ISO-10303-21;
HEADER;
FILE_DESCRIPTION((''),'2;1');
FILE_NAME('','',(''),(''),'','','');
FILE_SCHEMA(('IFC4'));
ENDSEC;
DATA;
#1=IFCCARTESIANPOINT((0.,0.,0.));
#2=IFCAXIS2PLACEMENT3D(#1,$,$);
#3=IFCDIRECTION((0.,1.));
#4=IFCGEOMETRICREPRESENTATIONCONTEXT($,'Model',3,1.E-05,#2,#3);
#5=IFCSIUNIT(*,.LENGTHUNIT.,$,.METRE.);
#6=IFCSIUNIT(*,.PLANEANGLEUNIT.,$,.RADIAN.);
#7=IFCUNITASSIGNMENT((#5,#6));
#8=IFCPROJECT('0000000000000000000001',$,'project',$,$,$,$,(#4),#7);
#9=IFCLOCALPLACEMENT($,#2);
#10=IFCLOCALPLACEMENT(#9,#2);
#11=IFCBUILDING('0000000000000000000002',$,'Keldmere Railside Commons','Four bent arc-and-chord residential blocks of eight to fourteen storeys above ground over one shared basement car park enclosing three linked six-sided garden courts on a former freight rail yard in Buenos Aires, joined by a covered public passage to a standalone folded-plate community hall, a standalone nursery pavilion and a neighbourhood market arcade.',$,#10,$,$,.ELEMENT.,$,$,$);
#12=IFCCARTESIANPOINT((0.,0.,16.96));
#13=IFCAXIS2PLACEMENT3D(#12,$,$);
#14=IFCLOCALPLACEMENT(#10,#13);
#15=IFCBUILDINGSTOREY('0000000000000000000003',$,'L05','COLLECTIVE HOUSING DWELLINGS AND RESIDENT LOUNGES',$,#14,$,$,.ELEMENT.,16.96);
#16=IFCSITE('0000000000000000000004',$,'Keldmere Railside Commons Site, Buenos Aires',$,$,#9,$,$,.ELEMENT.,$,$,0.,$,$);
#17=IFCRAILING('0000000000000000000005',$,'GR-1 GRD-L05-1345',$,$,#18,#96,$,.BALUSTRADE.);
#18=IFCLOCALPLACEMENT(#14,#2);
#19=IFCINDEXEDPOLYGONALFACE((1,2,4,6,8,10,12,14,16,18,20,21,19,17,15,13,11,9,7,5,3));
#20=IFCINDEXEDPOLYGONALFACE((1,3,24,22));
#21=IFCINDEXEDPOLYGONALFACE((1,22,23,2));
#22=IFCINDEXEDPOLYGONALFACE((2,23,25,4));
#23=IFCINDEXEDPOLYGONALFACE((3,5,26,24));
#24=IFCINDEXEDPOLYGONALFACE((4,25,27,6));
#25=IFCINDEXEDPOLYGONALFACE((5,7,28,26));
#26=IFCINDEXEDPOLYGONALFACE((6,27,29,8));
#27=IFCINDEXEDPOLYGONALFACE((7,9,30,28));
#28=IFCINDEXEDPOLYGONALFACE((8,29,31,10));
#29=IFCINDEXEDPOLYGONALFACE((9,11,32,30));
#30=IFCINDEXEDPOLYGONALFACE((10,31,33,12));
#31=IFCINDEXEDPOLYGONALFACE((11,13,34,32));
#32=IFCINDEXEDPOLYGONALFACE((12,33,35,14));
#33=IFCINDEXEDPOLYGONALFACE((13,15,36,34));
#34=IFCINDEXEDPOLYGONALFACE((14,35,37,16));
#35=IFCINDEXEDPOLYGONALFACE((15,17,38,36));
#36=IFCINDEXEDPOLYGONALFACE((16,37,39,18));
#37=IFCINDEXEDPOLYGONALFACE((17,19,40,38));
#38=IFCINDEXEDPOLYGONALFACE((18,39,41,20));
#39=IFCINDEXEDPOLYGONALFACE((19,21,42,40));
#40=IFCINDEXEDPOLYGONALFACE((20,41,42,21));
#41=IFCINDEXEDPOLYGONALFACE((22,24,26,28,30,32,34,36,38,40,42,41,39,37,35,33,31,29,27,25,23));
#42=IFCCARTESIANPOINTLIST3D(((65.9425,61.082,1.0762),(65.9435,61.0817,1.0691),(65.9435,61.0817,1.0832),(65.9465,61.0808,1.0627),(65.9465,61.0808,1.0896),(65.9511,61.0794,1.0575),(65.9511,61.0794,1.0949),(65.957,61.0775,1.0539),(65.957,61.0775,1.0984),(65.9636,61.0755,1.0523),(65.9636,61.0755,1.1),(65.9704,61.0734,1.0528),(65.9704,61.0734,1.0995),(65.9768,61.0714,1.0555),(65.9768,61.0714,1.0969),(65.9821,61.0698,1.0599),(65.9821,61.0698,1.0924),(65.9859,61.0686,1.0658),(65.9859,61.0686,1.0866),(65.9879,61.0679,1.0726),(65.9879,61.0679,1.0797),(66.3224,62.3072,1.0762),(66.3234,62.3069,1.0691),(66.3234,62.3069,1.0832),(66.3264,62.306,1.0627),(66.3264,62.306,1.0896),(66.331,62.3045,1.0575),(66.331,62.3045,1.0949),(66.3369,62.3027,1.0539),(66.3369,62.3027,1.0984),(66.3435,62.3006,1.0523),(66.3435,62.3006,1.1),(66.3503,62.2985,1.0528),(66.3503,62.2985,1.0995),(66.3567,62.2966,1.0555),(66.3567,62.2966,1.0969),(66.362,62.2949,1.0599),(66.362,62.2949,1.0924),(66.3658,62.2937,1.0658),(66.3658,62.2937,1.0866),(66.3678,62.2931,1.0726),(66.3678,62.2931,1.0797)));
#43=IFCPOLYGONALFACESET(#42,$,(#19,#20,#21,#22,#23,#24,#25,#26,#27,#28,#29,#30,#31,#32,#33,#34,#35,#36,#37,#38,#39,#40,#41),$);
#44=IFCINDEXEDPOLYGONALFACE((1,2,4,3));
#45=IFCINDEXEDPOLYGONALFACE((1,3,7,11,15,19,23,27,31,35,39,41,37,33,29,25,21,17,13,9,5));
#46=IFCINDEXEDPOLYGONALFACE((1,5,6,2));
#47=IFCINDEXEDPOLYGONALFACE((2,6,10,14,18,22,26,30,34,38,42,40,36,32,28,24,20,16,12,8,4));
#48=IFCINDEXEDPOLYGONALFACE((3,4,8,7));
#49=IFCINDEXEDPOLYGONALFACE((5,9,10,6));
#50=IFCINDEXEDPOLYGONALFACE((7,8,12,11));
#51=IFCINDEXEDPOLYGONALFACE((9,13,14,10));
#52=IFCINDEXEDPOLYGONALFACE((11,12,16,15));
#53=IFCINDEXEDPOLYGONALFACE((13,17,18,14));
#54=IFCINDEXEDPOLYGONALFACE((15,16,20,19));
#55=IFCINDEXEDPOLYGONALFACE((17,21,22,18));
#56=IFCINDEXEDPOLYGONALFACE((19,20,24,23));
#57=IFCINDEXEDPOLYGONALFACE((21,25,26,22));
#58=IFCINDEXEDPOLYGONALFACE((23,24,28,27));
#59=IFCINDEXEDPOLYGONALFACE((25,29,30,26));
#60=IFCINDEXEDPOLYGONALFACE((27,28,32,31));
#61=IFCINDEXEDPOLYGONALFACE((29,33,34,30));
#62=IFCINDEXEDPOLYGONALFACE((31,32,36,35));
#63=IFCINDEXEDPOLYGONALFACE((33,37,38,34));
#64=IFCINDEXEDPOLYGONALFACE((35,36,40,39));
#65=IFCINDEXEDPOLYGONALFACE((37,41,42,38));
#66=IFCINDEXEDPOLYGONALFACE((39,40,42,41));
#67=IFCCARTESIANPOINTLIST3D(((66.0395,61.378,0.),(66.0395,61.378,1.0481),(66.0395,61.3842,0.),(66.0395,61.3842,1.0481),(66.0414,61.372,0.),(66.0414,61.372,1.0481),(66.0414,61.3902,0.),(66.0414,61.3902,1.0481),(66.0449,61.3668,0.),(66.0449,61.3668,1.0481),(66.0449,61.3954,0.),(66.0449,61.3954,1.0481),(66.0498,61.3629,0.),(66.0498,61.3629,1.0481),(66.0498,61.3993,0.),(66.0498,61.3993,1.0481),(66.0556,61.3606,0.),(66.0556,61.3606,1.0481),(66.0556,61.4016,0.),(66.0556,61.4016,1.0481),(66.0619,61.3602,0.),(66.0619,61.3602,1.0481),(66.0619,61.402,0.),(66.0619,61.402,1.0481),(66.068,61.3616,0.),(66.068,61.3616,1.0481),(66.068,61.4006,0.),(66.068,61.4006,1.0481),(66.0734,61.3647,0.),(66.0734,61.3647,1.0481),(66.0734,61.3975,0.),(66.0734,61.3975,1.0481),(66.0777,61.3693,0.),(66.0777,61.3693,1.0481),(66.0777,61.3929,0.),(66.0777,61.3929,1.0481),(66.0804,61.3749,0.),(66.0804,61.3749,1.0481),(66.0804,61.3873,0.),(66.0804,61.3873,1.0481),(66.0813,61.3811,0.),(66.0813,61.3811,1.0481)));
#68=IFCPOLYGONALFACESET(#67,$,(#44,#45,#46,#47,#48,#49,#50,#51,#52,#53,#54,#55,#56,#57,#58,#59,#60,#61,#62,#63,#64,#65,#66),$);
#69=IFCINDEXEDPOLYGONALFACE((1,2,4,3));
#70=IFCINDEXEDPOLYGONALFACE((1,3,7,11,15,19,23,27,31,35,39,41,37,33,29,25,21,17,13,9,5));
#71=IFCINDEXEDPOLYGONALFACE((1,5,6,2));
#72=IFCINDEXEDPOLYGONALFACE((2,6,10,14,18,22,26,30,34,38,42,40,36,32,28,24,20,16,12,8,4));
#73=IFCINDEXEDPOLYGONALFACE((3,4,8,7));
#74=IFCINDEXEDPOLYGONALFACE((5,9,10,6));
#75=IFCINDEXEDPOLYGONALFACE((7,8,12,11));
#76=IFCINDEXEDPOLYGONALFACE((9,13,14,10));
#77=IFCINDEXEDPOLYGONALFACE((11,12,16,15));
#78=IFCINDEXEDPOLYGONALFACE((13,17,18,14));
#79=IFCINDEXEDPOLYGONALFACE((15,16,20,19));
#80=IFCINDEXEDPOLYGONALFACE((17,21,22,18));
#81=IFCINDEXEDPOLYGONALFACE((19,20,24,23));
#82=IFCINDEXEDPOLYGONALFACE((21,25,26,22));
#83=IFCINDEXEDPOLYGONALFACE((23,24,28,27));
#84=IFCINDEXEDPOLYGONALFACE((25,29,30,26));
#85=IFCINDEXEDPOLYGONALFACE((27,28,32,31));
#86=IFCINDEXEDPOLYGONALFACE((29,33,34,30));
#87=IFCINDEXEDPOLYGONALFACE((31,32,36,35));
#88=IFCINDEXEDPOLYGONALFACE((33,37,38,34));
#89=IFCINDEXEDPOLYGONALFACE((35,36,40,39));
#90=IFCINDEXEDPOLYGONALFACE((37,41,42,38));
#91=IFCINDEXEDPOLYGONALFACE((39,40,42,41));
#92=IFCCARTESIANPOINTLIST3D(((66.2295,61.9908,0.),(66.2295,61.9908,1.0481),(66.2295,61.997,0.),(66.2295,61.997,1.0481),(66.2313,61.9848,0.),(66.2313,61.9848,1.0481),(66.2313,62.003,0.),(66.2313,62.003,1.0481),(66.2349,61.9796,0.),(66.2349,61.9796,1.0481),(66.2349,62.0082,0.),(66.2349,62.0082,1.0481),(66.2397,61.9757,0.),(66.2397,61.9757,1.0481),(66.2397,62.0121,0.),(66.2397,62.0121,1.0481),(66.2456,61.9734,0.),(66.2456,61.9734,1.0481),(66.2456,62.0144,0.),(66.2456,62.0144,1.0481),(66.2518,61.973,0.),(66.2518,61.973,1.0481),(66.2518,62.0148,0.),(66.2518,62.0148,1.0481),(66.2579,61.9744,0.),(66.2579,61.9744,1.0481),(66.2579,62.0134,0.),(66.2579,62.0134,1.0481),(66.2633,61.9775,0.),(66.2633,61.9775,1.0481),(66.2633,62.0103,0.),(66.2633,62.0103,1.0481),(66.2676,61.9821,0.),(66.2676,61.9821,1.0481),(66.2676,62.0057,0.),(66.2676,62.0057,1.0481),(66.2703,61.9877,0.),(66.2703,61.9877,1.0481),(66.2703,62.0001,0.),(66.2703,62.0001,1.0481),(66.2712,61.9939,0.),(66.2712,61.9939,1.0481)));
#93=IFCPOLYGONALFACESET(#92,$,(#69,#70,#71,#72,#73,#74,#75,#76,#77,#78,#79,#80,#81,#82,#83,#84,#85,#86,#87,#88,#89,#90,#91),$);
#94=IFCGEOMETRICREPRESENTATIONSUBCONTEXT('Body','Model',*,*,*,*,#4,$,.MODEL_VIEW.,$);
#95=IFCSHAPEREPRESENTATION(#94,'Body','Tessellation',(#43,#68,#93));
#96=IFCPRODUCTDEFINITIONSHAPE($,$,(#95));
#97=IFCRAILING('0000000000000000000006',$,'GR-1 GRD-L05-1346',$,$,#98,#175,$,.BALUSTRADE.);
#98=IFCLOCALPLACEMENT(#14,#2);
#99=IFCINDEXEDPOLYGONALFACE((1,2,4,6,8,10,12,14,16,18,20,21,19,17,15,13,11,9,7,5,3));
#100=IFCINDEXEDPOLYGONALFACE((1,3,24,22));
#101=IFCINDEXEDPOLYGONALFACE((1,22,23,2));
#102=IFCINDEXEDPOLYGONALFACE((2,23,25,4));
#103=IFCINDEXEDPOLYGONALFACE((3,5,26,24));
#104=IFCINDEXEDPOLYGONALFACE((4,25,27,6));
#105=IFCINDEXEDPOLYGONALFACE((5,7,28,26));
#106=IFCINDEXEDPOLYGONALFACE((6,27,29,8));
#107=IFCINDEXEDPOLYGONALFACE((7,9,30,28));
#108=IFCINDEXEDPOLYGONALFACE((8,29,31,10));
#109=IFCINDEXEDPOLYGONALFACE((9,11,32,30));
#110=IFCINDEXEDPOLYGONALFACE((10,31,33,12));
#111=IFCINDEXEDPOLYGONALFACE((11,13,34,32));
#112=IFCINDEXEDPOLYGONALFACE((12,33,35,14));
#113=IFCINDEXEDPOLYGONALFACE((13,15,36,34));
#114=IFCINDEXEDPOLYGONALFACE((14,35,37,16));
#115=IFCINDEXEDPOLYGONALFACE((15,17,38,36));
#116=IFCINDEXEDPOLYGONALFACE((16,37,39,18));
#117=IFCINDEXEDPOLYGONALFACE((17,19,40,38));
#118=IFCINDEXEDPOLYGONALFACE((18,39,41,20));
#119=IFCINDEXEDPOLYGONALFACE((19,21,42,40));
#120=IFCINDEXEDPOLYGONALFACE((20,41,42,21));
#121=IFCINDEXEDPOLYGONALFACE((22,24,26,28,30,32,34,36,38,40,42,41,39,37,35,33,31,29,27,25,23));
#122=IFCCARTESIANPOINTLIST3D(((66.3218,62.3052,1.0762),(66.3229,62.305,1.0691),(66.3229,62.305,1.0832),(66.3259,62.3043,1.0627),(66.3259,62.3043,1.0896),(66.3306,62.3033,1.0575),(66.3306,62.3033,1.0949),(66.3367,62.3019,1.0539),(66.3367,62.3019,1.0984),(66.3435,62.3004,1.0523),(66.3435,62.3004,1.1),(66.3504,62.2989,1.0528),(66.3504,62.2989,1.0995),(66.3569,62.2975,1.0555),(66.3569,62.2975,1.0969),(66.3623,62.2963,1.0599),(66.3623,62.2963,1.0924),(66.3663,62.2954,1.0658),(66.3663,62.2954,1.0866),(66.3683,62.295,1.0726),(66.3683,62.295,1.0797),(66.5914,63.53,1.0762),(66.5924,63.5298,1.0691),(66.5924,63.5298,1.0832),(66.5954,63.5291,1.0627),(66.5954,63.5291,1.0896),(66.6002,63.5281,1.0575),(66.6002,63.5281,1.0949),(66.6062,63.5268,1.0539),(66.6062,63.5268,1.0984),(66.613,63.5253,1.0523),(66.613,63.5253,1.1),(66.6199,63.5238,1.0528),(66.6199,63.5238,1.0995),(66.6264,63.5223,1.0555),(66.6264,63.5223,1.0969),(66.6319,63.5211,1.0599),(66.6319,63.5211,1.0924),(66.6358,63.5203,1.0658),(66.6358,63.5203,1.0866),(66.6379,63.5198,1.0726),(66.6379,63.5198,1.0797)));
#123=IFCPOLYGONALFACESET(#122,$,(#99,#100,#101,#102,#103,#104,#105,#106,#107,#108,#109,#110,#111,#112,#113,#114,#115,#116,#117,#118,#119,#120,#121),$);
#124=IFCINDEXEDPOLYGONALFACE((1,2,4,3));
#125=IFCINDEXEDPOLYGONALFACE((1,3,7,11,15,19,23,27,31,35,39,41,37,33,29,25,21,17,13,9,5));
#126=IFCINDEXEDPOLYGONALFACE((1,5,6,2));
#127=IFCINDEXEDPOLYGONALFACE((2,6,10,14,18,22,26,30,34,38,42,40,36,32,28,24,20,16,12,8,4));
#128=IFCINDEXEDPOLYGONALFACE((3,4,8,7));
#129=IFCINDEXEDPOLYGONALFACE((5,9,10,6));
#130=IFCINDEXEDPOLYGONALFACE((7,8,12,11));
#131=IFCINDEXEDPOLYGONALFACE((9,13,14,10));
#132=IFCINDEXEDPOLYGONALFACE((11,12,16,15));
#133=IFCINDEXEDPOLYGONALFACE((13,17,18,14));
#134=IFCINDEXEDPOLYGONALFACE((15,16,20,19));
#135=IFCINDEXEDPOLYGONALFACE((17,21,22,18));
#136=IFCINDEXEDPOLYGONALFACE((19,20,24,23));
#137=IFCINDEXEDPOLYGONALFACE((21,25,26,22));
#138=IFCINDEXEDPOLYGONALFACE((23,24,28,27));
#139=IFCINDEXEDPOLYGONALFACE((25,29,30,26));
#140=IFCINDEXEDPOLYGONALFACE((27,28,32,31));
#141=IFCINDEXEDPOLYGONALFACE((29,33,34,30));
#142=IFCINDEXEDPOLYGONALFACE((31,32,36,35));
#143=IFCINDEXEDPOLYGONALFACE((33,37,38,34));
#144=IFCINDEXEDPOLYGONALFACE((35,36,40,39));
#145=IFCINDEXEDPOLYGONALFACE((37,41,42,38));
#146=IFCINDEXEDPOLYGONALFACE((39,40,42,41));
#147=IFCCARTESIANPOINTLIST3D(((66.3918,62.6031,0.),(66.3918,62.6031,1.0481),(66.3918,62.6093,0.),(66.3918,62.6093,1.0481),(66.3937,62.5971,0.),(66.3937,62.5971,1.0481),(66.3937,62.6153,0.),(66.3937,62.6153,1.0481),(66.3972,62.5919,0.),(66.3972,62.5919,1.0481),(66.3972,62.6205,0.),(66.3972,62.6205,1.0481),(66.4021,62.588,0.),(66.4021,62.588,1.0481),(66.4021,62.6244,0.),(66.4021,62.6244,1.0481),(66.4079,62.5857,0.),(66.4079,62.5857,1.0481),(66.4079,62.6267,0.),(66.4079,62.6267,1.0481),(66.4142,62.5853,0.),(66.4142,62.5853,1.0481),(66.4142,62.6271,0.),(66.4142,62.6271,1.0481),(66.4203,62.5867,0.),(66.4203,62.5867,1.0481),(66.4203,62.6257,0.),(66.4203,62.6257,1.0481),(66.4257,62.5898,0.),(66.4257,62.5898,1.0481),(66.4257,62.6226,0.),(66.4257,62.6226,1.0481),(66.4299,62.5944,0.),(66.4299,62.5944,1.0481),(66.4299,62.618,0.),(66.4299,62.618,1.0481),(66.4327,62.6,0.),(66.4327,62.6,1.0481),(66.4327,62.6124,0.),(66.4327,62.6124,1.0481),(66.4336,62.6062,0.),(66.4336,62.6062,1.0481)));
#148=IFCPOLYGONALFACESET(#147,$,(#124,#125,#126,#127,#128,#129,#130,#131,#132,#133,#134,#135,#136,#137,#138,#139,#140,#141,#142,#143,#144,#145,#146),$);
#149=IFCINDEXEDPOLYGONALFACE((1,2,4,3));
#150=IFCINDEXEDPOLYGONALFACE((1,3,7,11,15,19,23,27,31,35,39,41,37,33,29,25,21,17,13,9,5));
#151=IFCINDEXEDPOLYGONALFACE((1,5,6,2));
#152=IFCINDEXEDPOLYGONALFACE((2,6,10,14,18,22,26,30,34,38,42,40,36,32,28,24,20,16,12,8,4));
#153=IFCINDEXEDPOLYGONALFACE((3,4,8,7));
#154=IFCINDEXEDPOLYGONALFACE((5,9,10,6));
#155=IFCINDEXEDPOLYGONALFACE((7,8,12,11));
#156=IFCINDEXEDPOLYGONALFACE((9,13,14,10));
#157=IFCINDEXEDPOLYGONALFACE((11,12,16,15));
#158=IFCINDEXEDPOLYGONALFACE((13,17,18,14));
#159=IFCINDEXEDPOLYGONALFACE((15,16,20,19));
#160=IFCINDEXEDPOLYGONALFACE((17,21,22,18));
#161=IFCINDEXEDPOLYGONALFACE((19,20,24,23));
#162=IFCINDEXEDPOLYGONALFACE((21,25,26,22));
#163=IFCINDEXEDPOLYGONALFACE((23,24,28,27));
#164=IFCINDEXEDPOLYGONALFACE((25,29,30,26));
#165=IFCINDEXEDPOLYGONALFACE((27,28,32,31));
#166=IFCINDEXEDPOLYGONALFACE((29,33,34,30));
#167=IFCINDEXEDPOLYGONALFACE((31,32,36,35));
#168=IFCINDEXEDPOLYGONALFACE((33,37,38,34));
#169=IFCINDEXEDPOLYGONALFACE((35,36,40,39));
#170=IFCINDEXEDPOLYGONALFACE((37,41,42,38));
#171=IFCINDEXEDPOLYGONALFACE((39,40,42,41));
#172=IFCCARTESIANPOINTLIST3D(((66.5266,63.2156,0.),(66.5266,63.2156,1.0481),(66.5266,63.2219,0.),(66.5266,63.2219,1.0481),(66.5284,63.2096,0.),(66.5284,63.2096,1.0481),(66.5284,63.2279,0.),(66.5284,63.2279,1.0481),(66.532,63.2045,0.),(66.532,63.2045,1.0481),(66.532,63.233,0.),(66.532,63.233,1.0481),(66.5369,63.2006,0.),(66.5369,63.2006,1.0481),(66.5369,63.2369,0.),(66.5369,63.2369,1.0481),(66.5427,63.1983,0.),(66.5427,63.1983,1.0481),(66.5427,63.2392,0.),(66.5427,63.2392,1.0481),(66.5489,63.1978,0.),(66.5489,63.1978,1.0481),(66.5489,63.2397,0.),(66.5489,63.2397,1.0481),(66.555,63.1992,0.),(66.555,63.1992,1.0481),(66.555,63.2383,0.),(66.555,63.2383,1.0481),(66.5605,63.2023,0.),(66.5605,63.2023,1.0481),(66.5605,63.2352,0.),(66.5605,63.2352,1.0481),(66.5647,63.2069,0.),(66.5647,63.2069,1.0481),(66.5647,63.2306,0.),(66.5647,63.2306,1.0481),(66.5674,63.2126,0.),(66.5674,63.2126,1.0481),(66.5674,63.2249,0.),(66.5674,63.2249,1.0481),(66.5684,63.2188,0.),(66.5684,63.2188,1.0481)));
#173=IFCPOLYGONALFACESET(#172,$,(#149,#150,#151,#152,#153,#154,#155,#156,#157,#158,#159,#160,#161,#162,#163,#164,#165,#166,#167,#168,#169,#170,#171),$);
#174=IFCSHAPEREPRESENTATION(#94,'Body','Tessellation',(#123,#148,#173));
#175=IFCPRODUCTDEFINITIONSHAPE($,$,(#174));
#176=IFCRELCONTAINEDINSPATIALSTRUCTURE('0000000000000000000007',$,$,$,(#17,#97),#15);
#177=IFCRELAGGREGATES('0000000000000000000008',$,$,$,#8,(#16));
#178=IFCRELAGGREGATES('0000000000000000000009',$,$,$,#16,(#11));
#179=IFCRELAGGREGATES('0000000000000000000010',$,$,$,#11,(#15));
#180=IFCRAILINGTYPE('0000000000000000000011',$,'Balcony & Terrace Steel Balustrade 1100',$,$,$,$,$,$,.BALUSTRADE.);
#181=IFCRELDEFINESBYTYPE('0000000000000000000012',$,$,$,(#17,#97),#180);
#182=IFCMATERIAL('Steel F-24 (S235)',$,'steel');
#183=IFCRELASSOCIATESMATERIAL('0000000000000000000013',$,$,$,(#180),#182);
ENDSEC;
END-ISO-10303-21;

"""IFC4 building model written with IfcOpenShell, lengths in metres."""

from ifc_helpers import new_model, si_unit, direction, frame, origin, origin_2d, place, context, subcontext, project, spatial, circle, extrude, material, type_object, element, save


model = new_model("IFC4")

# Units and contexts
model_context = context("Model", 3, precision=1e-05, world=origin(), true_north=direction((0.0, 1.0)))
body_context = subcontext(model_context, "Body", "Model", "MODEL_VIEW")
ifc_project = project(units=[si_unit("LENGTHUNIT", "METRE"), si_unit("PLANEANGLEUNIT", "RADIAN")], contexts=[model_context])

# Site, building, storey
site_placement = place(None, origin())
site = spatial("IfcSite", under=ifc_project, at=site_placement, Name="Keldmere Railside Commons Site, Buenos Aires", CompositionType="ELEMENT", RefElevation=0.0)
building_placement = place(site_placement, origin())
building = spatial("IfcBuilding", under=site, at=building_placement, Name="Keldmere Railside Commons", Description="Four bent arc-and-chord residential blocks of eight to fourteen storeys above ground over one shared basement car park enclosing three linked six-sided garden courts on a former freight rail yard in Buenos Aires, joined by a covered public passage to a standalone folded-plate community hall, a standalone nursery pavilion and a neighbourhood market arcade.", CompositionType="ELEMENT")
storey_placement = place(building_placement, frame((0.0, 0.0, 16.96)))
storey = spatial("IfcBuildingStorey", under=building, at=storey_placement, Name="L05", Description="COLLECTIVE HOUSING DWELLINGS AND RESIDENT LOUNGES", CompositionType="ELEMENT", Elevation=16.96)

# Railings
ifc_material_1 = material(Name="Steel F-24 (S235)", Category="steel")
railing_type_1 = type_object("IfcRailingType", Name="Balcony & Terrace Steel Balustrade 1100", PredefinedType="BALUSTRADE", material=ifc_material_1)
railing_1_placement = place(storey_placement, frame((65.9653, 61.075, 0.0)))
element("IfcRailing", 1, at=railing_1_placement, inside=storey, type_object=railing_type_1, Name="GR-1 GRD-L05-1345", PredefinedType="BALUSTRADE", context=body_context, shape_type="SweptSolid", body=[
    extrude(circle(Radius=0.0239, at=origin_2d()), frame((0.0, 0.0, 1.0762), z_axis=(0.296172, 0.955135, 0.0), x_axis=(-0.955135, 0.296172, 0.0)), (0.0, 0.0, 1.0), 1.2827),
    extrude(circle(Radius=0.021, at=origin_2d()), frame((0.095, 0.3062, 0.0)), (0.0, 0.0, 1.0), 1.0481),
    extrude(circle(Radius=0.021, at=origin_2d()), frame((0.2849, 0.9189, 0.0)), (0.0, 0.0, 1.0), 1.0481),
])
railing_2_placement = place(storey_placement, frame((66.3452, 62.3, 0.0)))
element("IfcRailing", 2, at=railing_2_placement, inside=storey, type_object=railing_type_1, Name="GR-1 GRD-L05-1346", PredefinedType="BALUSTRADE", context=body_context, shape_type="SweptSolid", body=[
    extrude(circle(Radius=0.0239, at=origin_2d()), frame((0.0, 0.0, 1.0762), z_axis=(0.21491, 0.976634, 0.0), x_axis=(-0.976634, 0.21491, 0.0)), (0.0, 0.0, 1.0), 1.2542),
    extrude(circle(Radius=0.021, at=origin_2d()), frame((0.0674, 0.3062, 0.0)), (0.0, 0.0, 1.0), 1.0481),
    extrude(circle(Radius=0.021, at=origin_2d()), frame((0.2021, 0.9187, 0.0)), (0.0, 0.0, 1.0), 1.0481),
])

save(model, "model.ifc")
